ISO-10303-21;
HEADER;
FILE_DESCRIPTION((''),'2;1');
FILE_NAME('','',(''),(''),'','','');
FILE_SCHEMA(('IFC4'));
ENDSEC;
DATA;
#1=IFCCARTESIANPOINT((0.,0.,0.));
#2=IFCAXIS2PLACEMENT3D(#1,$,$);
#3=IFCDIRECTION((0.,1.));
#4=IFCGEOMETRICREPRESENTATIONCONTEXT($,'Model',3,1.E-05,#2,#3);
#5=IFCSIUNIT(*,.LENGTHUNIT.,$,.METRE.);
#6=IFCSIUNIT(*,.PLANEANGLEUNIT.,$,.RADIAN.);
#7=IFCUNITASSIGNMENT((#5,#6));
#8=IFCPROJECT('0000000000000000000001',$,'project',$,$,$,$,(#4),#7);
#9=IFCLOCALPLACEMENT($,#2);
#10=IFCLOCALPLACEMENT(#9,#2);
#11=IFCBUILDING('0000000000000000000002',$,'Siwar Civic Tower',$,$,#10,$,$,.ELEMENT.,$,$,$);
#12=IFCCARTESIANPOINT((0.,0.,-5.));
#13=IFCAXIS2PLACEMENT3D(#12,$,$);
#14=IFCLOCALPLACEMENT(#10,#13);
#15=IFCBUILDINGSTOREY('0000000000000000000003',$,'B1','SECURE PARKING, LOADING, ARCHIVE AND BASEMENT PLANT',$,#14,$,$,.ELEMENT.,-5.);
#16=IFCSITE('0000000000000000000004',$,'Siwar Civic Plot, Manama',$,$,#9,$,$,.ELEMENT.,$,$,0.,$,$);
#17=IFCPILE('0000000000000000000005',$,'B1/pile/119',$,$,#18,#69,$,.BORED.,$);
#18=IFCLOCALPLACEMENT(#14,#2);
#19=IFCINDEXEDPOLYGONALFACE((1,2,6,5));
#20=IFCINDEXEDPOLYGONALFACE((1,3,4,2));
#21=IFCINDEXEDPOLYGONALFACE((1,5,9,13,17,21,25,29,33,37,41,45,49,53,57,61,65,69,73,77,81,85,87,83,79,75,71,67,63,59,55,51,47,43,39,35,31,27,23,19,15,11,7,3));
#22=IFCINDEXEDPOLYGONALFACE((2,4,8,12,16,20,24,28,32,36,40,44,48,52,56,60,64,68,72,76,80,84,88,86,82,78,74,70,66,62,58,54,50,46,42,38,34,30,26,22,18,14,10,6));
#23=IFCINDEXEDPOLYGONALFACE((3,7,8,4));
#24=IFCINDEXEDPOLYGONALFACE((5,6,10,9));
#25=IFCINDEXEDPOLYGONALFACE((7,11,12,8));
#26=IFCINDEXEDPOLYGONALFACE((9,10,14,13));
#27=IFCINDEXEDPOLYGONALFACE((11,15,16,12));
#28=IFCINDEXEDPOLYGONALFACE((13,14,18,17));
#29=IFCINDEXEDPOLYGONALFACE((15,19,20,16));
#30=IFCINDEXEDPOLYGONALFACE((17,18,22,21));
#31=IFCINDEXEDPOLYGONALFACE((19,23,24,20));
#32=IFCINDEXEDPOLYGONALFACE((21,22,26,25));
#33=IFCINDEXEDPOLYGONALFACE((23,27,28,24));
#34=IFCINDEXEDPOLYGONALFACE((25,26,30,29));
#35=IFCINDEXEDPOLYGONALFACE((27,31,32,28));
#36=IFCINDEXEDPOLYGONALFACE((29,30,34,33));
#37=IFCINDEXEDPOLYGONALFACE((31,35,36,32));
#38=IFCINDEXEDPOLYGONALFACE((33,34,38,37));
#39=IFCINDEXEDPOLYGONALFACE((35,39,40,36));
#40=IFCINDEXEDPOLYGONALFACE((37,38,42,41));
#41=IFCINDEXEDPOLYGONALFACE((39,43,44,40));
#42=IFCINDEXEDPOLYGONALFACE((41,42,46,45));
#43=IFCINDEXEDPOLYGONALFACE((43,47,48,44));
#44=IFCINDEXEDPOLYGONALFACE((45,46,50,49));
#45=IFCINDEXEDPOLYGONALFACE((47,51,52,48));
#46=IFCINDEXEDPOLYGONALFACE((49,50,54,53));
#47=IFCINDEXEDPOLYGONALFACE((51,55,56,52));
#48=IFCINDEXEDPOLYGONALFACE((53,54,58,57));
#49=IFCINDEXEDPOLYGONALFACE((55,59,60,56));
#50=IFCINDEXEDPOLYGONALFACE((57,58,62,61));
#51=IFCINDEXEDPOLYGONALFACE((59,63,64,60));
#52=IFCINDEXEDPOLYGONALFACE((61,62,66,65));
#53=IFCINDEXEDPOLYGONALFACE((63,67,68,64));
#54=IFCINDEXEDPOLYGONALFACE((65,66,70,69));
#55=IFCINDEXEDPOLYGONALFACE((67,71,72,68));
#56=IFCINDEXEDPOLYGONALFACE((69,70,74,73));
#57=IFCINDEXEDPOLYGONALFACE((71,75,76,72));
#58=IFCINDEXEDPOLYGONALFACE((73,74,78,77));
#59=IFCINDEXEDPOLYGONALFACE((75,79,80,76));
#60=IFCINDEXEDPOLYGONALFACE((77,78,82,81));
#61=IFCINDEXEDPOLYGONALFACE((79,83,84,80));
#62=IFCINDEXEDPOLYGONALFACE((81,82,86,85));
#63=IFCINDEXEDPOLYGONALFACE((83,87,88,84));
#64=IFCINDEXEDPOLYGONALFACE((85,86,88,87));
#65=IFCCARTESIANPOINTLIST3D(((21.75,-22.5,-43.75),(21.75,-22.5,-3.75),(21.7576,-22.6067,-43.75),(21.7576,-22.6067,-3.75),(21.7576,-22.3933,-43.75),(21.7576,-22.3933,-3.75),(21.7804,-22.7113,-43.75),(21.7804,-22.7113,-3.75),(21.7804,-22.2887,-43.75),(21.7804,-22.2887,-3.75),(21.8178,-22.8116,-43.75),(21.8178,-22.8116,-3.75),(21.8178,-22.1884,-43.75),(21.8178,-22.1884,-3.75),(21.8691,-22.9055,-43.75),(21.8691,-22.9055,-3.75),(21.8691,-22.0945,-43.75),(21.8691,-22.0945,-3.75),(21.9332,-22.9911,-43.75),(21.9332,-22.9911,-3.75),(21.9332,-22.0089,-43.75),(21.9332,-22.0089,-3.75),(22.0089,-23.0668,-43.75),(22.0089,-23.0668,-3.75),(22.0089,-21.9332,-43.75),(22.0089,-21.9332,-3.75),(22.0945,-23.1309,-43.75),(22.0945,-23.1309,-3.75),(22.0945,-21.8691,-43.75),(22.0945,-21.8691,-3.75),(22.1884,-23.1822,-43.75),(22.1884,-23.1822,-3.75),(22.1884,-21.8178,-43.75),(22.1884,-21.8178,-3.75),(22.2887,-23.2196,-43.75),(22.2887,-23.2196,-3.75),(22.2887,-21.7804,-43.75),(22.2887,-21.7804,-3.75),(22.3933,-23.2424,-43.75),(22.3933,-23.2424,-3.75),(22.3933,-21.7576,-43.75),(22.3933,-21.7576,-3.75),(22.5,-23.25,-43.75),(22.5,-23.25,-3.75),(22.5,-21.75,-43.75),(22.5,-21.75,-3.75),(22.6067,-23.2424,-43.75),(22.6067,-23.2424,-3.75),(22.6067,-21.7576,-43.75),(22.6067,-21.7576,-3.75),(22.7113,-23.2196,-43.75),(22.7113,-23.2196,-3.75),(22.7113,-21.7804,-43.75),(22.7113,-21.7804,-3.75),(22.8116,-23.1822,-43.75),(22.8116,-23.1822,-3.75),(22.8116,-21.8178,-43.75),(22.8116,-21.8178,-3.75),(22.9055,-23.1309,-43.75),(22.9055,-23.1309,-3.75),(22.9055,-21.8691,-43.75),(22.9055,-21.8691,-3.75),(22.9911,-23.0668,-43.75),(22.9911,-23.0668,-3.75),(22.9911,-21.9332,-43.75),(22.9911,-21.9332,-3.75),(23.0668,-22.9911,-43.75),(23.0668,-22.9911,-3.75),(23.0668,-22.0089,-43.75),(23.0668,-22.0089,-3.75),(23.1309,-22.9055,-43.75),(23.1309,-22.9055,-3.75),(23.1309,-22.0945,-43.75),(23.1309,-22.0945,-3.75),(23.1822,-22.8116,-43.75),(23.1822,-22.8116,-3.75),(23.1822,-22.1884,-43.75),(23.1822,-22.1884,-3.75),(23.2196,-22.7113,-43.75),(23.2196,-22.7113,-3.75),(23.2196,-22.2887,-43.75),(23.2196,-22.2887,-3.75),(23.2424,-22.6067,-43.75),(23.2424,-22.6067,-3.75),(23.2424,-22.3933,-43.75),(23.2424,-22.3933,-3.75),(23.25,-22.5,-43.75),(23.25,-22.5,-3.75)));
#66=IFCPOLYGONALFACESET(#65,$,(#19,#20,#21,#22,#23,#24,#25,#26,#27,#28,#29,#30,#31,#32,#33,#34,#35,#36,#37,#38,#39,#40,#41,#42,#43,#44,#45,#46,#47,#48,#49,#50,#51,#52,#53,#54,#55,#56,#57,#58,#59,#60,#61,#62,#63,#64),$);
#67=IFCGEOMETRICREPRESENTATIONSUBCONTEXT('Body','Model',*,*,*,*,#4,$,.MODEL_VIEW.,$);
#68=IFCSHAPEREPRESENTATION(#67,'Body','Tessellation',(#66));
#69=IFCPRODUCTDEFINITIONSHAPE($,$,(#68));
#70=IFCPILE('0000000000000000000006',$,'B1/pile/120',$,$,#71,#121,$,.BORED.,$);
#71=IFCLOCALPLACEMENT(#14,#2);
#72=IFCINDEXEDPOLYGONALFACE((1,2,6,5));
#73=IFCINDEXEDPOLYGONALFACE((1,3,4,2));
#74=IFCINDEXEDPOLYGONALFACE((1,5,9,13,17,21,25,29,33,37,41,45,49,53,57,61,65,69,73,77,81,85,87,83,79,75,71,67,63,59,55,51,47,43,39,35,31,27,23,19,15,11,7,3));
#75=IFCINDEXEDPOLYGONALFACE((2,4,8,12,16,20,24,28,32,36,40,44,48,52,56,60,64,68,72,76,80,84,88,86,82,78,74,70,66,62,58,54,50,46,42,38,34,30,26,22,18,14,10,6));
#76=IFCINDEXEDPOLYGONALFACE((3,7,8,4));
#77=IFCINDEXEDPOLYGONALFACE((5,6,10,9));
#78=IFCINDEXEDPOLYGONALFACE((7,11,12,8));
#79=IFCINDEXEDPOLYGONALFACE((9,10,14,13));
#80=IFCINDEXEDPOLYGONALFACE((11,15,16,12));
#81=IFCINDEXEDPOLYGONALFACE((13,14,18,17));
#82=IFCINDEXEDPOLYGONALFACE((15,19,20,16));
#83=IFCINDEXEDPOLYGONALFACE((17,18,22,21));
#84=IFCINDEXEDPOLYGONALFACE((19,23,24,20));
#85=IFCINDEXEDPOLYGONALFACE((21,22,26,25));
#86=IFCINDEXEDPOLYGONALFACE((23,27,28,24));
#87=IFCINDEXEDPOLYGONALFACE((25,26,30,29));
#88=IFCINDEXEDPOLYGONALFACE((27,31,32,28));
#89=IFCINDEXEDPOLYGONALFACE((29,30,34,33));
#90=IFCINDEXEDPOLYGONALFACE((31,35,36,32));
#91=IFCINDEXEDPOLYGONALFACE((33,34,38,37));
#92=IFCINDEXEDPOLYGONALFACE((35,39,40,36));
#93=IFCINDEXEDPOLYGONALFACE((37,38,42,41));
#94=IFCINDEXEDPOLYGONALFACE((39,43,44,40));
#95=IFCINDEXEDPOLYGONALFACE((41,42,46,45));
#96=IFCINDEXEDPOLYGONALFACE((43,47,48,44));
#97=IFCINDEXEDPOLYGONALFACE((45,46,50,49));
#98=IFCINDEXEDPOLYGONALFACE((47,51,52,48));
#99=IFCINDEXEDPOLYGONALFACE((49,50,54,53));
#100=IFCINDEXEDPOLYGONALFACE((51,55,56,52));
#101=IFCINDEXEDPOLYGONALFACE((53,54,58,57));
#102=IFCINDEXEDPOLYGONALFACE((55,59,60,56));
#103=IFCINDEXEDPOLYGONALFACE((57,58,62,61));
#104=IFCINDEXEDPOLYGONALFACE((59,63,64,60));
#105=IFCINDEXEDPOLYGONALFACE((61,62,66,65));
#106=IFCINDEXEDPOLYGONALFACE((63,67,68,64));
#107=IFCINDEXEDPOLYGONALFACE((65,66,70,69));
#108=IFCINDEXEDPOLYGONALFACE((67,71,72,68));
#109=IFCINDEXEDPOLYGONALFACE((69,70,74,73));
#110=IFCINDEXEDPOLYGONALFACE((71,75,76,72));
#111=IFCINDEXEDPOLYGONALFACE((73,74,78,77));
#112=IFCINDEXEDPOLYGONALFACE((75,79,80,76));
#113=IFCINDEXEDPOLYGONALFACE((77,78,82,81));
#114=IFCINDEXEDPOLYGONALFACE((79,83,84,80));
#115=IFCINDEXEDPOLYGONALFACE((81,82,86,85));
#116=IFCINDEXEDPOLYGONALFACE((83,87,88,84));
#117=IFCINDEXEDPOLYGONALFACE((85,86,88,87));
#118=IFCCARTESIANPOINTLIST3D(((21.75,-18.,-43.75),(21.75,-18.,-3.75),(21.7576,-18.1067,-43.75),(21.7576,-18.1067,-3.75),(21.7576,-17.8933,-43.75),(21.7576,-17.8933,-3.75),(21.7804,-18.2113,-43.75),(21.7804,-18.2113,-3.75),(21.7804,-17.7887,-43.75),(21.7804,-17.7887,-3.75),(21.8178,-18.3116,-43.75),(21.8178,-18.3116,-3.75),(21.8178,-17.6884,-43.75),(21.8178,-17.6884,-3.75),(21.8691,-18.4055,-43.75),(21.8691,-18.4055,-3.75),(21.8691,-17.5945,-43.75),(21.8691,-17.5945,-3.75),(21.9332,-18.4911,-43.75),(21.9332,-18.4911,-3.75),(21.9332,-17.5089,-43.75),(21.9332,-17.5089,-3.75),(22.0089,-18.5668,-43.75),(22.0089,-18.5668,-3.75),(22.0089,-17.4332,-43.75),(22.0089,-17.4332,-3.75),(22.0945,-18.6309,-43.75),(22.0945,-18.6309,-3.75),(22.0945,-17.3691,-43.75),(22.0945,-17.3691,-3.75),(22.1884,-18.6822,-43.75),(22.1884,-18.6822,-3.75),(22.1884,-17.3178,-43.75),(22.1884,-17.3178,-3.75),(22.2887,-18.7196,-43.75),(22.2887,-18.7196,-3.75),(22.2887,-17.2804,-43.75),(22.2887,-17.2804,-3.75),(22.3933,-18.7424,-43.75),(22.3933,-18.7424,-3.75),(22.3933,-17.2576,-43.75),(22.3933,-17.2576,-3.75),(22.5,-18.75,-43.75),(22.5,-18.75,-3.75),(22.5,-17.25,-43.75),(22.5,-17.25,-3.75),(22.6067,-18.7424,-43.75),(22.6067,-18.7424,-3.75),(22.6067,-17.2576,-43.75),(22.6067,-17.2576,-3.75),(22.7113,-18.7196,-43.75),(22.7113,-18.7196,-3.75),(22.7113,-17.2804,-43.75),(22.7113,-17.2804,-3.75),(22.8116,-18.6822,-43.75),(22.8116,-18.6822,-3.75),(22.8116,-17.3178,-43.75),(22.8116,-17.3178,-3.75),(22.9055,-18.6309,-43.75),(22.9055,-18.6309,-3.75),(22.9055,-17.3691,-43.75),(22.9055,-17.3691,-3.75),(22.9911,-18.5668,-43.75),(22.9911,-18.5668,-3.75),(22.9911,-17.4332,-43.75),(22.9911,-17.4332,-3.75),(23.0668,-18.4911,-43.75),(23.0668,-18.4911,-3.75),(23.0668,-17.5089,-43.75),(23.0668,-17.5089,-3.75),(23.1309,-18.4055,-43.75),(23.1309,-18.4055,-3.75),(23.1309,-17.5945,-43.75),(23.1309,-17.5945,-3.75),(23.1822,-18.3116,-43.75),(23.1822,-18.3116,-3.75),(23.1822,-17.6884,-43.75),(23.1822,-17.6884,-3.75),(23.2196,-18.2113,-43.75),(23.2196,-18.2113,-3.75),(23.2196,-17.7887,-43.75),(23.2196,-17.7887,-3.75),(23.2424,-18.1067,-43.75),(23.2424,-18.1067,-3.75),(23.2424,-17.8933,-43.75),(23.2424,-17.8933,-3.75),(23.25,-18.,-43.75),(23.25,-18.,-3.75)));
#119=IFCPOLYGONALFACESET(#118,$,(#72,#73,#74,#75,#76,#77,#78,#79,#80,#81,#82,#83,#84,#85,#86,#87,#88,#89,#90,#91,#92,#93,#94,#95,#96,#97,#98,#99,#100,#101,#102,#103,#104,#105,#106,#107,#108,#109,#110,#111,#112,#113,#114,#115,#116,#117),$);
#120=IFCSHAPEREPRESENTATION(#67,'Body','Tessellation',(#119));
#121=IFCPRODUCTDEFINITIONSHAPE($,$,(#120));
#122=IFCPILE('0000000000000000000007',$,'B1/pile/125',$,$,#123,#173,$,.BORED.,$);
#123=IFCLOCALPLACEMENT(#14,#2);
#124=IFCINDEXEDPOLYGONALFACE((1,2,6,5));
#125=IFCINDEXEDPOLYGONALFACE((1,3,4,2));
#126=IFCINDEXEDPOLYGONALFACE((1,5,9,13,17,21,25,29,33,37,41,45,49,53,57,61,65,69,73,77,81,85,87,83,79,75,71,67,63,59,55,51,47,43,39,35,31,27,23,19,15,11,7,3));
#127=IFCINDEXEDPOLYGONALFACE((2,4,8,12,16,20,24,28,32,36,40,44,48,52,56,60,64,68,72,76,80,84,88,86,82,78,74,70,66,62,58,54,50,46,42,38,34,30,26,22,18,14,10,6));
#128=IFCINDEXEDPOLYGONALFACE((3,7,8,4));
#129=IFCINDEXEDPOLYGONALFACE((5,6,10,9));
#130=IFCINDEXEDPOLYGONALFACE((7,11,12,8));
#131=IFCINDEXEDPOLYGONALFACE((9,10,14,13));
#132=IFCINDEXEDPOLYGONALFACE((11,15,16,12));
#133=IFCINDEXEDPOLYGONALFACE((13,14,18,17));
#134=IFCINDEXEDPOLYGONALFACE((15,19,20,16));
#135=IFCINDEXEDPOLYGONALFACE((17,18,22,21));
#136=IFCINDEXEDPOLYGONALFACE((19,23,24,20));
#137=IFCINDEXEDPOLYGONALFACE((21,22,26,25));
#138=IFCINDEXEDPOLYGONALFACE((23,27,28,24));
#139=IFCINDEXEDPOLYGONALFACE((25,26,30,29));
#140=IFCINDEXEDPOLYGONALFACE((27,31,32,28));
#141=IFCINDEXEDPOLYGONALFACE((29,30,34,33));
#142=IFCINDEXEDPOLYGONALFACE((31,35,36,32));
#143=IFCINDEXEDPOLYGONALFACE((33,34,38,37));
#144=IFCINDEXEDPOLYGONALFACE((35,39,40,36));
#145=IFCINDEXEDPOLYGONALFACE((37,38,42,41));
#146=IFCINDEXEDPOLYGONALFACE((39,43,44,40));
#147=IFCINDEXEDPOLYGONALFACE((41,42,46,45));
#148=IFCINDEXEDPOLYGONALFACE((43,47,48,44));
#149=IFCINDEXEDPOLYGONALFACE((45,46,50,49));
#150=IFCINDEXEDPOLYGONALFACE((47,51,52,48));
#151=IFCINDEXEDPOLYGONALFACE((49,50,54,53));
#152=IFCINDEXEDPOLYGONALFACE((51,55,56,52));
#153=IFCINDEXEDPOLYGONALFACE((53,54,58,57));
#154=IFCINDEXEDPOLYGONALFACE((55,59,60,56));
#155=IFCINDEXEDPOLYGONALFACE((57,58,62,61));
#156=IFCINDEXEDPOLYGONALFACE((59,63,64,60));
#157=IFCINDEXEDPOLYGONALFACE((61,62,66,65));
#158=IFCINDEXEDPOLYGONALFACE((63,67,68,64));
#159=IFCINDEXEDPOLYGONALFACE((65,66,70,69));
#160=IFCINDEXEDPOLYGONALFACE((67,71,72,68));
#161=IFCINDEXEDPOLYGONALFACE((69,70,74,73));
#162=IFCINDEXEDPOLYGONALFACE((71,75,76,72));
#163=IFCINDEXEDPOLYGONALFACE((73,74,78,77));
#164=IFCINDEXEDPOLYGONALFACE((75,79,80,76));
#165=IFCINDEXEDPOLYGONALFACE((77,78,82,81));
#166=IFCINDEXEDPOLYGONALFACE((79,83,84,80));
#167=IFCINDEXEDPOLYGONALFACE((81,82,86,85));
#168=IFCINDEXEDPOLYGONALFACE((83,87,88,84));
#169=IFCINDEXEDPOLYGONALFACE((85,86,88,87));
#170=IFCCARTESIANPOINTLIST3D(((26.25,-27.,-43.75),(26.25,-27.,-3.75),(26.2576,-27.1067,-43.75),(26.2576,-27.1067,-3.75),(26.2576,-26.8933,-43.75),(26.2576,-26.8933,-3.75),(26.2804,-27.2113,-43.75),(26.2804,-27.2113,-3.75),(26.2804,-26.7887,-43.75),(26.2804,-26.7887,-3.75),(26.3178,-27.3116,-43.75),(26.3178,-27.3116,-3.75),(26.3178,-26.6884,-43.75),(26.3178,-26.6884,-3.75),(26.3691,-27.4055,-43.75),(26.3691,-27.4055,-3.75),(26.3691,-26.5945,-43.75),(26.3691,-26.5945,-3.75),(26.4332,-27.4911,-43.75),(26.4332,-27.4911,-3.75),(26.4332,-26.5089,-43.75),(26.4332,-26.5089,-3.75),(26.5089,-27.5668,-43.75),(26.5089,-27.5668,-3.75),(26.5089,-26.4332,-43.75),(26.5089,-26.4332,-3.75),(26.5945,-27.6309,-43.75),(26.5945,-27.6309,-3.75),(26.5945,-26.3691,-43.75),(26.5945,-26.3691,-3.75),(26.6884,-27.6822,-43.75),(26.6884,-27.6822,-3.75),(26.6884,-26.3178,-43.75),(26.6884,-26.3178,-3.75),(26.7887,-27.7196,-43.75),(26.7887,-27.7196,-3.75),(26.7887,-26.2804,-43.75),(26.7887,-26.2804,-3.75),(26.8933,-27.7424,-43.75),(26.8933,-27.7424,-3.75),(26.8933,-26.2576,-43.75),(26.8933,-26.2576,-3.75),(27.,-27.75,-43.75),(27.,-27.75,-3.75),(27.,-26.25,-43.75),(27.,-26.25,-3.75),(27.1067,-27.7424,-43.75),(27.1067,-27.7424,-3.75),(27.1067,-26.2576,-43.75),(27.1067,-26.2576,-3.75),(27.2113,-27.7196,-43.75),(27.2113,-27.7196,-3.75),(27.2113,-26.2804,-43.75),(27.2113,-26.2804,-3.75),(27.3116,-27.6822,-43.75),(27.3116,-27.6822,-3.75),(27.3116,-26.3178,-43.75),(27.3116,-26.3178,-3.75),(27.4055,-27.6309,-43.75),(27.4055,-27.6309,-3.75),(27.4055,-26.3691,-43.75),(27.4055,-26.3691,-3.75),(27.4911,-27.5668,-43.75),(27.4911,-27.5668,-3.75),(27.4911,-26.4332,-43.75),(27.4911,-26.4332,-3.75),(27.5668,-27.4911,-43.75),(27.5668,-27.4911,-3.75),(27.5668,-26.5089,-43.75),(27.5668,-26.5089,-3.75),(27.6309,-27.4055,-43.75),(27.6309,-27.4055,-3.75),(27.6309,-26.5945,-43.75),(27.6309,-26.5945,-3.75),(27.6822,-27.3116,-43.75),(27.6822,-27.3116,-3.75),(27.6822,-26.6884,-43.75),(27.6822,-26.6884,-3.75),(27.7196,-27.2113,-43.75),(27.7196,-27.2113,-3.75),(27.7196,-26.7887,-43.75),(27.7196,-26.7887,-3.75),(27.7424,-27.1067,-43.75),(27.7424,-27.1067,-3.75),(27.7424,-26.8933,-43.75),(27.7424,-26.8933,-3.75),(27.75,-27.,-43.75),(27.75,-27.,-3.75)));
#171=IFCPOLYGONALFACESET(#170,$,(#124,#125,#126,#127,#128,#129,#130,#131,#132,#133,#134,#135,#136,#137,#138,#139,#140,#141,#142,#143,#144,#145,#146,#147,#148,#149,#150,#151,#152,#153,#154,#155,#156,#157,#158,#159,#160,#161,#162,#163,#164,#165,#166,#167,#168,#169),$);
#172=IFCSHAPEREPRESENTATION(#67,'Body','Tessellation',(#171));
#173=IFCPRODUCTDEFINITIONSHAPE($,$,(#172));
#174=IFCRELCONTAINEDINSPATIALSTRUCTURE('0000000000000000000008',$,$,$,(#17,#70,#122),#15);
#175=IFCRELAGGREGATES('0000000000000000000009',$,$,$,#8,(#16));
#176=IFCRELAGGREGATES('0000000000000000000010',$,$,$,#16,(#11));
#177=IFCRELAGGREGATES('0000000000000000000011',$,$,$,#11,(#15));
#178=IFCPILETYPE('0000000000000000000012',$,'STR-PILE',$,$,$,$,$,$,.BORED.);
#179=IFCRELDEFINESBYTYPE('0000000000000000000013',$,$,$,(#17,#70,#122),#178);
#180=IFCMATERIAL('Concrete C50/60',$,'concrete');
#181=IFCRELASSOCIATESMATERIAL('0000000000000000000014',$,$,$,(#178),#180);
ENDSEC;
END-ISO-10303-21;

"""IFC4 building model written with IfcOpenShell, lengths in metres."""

from ifc_helpers import new_model, si_unit, direction, frame, origin, origin_2d, place, context, subcontext, project, spatial, circle, extrude, material, material_profile, profile_set, type_object, element, save


model = new_model("IFC4")

# Units and contexts
model_context = context("Model", 3, precision=1e-05, world=origin(), true_north=direction((0.0, 1.0)))
body_context = subcontext(model_context, "Body", "Model", "MODEL_VIEW")
ifc_project = project(units=[si_unit("LENGTHUNIT", "METRE"), si_unit("PLANEANGLEUNIT", "RADIAN")], contexts=[model_context])

# Site, building, storey
site_placement = place(None, origin())
site = spatial("IfcSite", under=ifc_project, at=site_placement, Name="Siwar Civic Plot, Manama", CompositionType="ELEMENT", RefElevation=0.0)
building_placement = place(site_placement, origin())
building = spatial("IfcBuilding", under=site, at=building_placement, Name="Siwar Civic Tower", CompositionType="ELEMENT")
storey_placement = place(building_placement, frame((0.0, 0.0, -5.0)))
storey = spatial("IfcBuildingStorey", under=building, at=storey_placement, Name="B1", Description="SECURE PARKING, LOADING, ARCHIVE AND BASEMENT PLANT", CompositionType="ELEMENT", Elevation=-5.0)

# Piles
ifc_material_1 = material(Name="Concrete C50/60", Category="concrete")
ifc_material_profile_1 = material_profile(ifc_material_1, circle(Radius=0.75, at=origin_2d()), Name="PILE1500")
ifc_profile_set_1 = profile_set([ifc_material_profile_1], Name="Concrete C50/60")
pile_type = type_object("IfcPileType", Name="STR-PILE", PredefinedType="BORED", material=ifc_profile_set_1)
for number, where, z_axis, x_axis, name in (
    (1, (22.5, -22.5, -3.75), (0.0, 0.0, -1.0), (1.0, 0.0, 0.0), "B1/pile/119"),
    (2, (22.5, -18.0, -3.75), (0.0, 0.0, -1.0), (1.0, 0.0, 0.0), "B1/pile/120"),
    (3, (27.0, -27.0, -3.75), (0.0, 0.0, -1.0), (1.0, 0.0, 0.0), "B1/pile/125"),
):
    element("IfcPile", number, at=place(storey_placement, frame(where, z_axis=z_axis, x_axis=x_axis)), inside=storey, type_object=pile_type, Name=name, PredefinedType="BORED", context=body_context, shape_type="SweptSolid", body=[
        extrude(circle(Radius=0.75, at=origin_2d()), origin(), (0.0, 0.0, 1.0), 40.0),
    ])

save(model, "model.ifc")
